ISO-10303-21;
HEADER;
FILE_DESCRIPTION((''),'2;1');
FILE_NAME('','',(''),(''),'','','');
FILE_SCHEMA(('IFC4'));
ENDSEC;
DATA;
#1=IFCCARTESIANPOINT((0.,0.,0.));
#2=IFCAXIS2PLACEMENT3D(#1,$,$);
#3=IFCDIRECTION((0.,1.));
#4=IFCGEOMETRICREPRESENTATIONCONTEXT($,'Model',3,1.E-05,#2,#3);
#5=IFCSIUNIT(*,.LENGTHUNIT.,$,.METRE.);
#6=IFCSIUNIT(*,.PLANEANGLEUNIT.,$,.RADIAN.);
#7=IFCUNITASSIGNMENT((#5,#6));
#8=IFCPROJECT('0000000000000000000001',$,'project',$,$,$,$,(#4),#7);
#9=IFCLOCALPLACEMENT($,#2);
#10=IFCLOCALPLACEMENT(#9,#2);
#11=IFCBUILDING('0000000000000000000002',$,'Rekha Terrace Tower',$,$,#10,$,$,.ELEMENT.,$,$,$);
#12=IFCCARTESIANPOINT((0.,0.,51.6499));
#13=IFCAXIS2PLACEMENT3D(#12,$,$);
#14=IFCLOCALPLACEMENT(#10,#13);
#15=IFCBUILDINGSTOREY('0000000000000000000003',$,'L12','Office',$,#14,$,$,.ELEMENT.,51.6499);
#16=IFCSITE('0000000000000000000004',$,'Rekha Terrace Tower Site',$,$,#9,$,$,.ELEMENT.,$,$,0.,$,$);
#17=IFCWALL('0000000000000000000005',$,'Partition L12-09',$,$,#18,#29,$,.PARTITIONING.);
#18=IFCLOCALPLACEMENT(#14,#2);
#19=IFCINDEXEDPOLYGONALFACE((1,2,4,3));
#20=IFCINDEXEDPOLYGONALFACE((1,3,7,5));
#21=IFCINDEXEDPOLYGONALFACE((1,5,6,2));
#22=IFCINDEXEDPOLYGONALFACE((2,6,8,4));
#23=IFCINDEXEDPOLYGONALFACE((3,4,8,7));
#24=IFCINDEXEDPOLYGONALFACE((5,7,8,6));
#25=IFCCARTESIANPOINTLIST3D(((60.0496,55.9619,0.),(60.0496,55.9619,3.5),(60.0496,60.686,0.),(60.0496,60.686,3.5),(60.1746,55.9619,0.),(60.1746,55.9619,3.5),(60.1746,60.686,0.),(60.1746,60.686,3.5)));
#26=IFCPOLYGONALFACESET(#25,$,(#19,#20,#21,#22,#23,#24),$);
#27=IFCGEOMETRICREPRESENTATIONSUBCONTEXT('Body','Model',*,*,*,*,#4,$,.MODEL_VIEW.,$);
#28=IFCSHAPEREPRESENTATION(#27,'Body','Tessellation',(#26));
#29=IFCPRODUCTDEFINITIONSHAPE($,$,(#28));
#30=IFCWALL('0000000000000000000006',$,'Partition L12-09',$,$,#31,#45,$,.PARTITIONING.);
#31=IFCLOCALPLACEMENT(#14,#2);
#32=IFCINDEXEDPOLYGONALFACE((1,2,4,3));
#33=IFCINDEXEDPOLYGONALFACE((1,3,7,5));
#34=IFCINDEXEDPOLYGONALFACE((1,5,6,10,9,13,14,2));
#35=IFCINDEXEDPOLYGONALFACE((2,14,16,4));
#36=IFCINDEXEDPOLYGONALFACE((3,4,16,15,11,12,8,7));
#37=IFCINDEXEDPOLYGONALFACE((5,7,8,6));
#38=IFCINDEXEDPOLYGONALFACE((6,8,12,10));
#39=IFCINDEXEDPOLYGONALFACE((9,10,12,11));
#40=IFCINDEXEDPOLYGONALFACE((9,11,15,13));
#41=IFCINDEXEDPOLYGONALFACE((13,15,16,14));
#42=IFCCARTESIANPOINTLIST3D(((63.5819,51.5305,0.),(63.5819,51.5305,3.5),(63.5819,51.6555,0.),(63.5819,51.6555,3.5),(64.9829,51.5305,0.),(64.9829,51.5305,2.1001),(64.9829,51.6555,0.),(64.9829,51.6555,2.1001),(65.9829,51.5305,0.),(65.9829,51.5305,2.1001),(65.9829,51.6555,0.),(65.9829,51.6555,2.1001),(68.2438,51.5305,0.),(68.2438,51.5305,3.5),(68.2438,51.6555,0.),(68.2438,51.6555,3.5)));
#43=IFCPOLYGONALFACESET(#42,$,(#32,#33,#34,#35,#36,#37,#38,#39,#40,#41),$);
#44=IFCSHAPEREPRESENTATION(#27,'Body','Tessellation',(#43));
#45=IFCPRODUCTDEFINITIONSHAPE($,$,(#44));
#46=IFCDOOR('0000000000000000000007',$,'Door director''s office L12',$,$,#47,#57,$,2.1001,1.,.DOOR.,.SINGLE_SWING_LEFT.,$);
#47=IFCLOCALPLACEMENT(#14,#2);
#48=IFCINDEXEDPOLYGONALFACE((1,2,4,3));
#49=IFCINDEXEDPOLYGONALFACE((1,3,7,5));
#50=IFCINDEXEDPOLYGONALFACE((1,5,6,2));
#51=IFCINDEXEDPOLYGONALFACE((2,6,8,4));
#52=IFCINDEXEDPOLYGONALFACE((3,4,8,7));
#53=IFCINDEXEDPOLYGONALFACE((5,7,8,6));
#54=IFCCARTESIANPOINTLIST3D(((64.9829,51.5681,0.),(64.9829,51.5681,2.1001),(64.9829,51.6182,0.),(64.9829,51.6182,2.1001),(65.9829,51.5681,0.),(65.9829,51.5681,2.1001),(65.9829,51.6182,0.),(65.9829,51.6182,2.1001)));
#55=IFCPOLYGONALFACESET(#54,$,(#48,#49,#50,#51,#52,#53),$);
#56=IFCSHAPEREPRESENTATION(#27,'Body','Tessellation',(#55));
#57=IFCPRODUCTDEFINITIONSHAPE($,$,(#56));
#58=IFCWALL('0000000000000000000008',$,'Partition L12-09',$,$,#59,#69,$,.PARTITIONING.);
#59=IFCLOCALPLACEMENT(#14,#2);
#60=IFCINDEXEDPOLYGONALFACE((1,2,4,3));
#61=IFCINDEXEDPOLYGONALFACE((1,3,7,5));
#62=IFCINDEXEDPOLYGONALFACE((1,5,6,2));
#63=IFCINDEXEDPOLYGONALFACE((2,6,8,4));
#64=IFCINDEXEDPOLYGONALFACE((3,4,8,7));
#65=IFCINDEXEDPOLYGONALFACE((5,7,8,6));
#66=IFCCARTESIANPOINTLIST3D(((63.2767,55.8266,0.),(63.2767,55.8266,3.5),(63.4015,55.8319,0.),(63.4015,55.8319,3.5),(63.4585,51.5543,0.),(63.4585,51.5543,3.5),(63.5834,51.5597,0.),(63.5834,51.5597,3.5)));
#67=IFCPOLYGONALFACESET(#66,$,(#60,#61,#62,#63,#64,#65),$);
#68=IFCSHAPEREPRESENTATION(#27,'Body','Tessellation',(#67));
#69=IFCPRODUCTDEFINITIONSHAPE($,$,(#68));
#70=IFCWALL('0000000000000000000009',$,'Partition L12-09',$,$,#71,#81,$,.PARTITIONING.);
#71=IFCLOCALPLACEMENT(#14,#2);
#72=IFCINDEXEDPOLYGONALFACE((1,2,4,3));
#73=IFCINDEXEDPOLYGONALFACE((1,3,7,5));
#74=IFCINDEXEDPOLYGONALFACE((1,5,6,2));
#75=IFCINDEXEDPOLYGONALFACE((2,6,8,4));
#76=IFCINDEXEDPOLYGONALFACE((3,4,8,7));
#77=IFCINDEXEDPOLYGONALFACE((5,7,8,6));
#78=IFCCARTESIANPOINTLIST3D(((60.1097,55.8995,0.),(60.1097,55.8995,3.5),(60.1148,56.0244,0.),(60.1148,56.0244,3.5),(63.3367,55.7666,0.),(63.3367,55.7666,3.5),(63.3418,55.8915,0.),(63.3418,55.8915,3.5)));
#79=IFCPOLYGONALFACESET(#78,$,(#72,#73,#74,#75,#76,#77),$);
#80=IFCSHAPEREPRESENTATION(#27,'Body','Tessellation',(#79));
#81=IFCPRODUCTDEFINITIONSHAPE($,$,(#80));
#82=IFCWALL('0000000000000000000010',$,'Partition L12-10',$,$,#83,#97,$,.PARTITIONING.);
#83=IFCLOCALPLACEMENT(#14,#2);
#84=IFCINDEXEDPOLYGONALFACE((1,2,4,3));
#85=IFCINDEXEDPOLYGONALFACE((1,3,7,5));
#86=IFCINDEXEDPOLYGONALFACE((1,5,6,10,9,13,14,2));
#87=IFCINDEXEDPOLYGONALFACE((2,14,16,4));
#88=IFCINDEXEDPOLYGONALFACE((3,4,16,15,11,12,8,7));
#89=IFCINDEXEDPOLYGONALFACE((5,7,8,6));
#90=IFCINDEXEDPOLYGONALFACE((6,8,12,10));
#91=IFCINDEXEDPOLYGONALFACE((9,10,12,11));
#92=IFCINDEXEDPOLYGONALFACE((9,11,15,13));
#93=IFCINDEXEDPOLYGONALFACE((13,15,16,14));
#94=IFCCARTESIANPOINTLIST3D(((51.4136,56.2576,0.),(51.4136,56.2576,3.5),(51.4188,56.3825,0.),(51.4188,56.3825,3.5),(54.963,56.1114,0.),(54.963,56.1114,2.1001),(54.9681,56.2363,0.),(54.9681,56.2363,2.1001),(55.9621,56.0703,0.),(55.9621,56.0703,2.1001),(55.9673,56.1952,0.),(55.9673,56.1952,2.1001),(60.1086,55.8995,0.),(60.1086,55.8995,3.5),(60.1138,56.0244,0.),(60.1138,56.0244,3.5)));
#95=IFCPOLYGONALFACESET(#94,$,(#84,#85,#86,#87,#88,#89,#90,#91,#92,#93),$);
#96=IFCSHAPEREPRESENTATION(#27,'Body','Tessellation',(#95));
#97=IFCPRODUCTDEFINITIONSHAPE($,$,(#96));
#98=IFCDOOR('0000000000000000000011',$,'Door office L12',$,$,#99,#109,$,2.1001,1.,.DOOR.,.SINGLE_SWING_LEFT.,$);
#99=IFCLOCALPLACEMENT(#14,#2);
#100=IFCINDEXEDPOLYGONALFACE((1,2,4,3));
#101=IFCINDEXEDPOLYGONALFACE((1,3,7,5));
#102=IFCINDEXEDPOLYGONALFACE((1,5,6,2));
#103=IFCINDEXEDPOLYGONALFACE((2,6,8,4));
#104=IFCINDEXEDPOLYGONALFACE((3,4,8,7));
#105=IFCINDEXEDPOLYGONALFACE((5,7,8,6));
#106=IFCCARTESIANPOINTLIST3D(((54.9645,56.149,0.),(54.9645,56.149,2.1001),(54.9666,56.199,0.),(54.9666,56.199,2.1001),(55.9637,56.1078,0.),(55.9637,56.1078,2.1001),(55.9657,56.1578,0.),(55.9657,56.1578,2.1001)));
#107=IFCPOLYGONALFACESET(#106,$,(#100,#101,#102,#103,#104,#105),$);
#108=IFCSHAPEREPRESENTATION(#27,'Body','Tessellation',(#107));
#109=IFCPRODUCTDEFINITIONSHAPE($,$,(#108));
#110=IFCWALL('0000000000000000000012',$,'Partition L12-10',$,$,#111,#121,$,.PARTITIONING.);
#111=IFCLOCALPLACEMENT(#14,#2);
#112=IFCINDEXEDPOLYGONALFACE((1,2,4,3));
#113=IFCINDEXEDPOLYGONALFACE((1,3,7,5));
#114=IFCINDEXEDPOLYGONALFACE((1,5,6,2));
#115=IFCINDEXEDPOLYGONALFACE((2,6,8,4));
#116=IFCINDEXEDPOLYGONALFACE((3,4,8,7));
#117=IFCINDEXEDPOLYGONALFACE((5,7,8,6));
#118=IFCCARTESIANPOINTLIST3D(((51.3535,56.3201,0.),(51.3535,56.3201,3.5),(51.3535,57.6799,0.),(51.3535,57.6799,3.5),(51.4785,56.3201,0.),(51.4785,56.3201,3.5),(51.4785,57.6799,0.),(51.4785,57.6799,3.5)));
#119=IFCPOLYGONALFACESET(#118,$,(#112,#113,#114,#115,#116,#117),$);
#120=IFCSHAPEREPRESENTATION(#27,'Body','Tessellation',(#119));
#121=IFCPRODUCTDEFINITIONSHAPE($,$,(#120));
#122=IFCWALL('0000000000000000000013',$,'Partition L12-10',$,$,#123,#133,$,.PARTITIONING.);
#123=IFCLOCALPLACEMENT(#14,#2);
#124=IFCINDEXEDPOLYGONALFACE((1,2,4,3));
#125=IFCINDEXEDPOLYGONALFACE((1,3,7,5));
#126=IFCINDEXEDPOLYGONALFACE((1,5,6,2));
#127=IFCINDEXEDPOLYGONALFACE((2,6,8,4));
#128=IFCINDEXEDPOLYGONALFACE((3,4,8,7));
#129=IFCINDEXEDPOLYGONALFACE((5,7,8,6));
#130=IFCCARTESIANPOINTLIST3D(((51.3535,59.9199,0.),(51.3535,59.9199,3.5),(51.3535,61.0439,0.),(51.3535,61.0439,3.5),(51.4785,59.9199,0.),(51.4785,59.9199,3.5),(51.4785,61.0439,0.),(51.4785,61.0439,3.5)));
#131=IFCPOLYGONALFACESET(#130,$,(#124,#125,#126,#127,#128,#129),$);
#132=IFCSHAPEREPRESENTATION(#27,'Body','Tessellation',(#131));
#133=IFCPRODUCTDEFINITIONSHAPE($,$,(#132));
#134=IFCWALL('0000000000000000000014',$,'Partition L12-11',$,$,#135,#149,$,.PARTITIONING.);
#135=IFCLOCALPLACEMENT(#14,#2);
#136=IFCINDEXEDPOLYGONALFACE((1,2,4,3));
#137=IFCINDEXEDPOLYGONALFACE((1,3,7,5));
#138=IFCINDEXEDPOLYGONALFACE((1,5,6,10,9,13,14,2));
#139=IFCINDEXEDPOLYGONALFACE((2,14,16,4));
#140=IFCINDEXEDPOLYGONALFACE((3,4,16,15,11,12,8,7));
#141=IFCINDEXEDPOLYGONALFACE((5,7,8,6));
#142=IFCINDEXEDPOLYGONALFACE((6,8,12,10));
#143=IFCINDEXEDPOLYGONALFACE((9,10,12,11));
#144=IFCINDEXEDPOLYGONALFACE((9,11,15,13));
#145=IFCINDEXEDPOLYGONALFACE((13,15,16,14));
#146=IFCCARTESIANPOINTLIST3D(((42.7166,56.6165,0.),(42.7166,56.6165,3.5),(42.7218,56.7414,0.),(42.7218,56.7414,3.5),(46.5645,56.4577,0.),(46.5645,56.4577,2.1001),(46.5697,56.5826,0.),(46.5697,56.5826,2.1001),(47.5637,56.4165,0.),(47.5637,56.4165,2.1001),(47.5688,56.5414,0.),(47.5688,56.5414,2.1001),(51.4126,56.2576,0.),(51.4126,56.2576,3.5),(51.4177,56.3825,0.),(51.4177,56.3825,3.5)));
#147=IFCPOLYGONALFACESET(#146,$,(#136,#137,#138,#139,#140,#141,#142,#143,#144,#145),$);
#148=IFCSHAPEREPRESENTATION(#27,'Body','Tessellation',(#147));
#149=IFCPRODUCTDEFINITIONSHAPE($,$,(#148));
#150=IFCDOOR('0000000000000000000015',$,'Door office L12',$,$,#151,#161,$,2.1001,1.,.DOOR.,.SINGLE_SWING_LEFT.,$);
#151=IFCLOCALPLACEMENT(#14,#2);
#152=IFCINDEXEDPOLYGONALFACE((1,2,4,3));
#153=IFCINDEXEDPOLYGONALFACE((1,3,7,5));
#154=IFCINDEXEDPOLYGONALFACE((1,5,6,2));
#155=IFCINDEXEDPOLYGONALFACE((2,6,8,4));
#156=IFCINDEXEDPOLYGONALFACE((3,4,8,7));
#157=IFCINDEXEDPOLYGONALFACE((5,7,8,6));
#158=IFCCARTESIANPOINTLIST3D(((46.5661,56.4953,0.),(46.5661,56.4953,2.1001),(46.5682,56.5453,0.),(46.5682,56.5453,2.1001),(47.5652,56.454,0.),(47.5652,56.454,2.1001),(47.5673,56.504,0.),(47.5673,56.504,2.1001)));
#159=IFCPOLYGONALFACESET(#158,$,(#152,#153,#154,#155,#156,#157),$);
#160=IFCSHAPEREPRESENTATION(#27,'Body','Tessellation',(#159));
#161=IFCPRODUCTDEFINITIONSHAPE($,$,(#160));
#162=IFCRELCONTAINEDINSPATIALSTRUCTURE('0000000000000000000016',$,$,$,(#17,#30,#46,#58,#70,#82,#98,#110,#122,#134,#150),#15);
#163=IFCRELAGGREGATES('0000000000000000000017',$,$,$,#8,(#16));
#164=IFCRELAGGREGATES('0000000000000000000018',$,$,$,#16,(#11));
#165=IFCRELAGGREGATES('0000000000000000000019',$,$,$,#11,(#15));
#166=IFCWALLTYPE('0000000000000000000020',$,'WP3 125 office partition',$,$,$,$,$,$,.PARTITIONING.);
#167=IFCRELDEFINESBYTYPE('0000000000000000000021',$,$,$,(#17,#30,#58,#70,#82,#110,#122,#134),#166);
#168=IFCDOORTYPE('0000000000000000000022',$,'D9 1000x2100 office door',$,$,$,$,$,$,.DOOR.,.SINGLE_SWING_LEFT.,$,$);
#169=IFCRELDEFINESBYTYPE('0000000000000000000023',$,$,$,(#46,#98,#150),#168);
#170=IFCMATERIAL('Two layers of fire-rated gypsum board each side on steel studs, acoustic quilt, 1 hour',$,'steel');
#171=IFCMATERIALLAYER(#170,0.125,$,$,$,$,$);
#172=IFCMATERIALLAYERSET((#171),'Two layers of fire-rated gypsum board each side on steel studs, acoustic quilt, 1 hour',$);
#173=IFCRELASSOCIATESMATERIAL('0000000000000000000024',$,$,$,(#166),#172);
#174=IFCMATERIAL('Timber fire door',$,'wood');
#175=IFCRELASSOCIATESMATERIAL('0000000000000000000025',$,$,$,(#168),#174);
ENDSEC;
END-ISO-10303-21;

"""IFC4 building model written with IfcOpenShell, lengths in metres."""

from ifc_helpers import new_model, si_unit, direction, frame, frame_2d, origin, place, context, subcontext, project, spatial, rectangle, extrude, material, layer, layer_set, type_object, element, fill, save


model = new_model("IFC4")

# Units and contexts
model_context = context("Model", 3, precision=1e-05, world=origin(), true_north=direction((0.0, 1.0)))
body_context = subcontext(model_context, "Body", "Model", "MODEL_VIEW")
ifc_project = project(units=[si_unit("LENGTHUNIT", "METRE"), si_unit("PLANEANGLEUNIT", "RADIAN")], contexts=[model_context])

# Site, building, storey
site_placement = place(None, origin())
site = spatial("IfcSite", under=ifc_project, at=site_placement, Name="Rekha Terrace Tower Site", CompositionType="ELEMENT", RefElevation=0.0)
building_placement = place(site_placement, origin())
building = spatial("IfcBuilding", under=site, at=building_placement, Name="Rekha Terrace Tower", CompositionType="ELEMENT")
storey_placement = place(building_placement, frame((0.0, 0.0, 51.6499)))
storey = spatial("IfcBuildingStorey", under=building, at=storey_placement, Name="L12", Description="Office", CompositionType="ELEMENT", Elevation=51.6499)

# Wall
ifc_material_1 = material(Name="Two layers of fire-rated gypsum board each side on steel studs, acoustic quilt, 1 hour", Category="steel")
ifc_layer_1 = layer(ifc_material_1, 0.125)
ifc_layer_set_1 = layer_set([ifc_layer_1], Name="Two layers of fire-rated gypsum board each side on steel studs, acoustic quilt, 1 hour")
wall_type = type_object("IfcWallType", Name="WP3 125 office partition", PredefinedType="PARTITIONING", material=ifc_layer_set_1)
wall_1_placement = place(storey_placement, frame((60.1121, 55.9619, 0.0), z_axis=(0.0, 0.0, 1.0), x_axis=(0.0, 1.0, 0.0)))
element("IfcWall", 1, at=wall_1_placement, inside=storey, type_object=wall_type, Name="Partition L12-09", PredefinedType="PARTITIONING", context=body_context, shape_type="SweptSolid", body=[
    extrude(rectangle(XDim=4.7241, YDim=0.125, at=frame_2d((2.3621, 0.0))), origin(), (0.0, 0.0, 1.0), 3.5),
])

# Wall, opening, door
wall_2_placement = place(storey_placement, frame((68.2439, 51.593, 0.0), z_axis=(0.0, 0.0, 1.0), x_axis=(-1.0, 0.0, 0.0)))
wall_2 = element("IfcWall", 2, at=wall_2_placement, inside=storey, type_object=wall_type, Name="Partition L12-09", PredefinedType="PARTITIONING", context=body_context, shape_type="SweptSolid", body=[
    extrude(rectangle(XDim=4.6619, YDim=0.125, at=frame_2d((2.3311, 0.0))), origin(), (0.0, 0.0, 1.0), 3.5),
])
opening_1_placement = place(wall_2_placement, frame((2.261, 0.0, 0.0)))
opening_1 = element("IfcOpeningElement", 3, at=opening_1_placement, cuts=wall_2, PredefinedType="OPENING", context=body_context, shape_type="SweptSolid", body=[
    extrude(rectangle(XDim=1.0, YDim=2.1001, at=frame_2d((0.5, 1.05))), frame((0.0, 0.0725, 0.0), z_axis=(0.0, -1.0, 0.0), x_axis=(1.0, 0.0, 0.0)), (0.0, 0.0, 1.0), 0.145),
])
ifc_material_2 = material(Name="Timber fire door", Category="wood")
door_type_1 = type_object("IfcDoorType", Name="D9 1000x2100 office door", OperationType="SINGLE_SWING_LEFT", PredefinedType="DOOR", material=ifc_material_2)
door_1_placement = place(opening_1_placement, origin())
door_1 = element("IfcDoor", 4, at=door_1_placement, inside=storey, type_object=door_type_1, Name="Door director's office L12", OperationType="SINGLE_SWING_LEFT", OverallHeight=2.1001, OverallWidth=1.0, PredefinedType="DOOR", context=body_context, shape_type="SweptSolid", body=[
    extrude(rectangle(XDim=1.0, YDim=2.1001, at=frame_2d((0.5, 1.05))), frame((0.0, 0.0249, 0.0), z_axis=(0.0, -1.0, 0.0), x_axis=(1.0, 0.0, 0.0)), (0.0, 0.0, 1.0), 0.05),
])
fill(opening_1, door_1)

# Walls
wall_3_placement = place(storey_placement, frame((63.521, 51.5569, 0.0), z_axis=(0.0, 0.0, 1.0), x_axis=(-0.042535, 0.999095, 0.0)))
element("IfcWall", 5, at=wall_3_placement, inside=storey, type_object=wall_type, Name="Partition L12-09", PredefinedType="PARTITIONING", context=body_context, shape_type="SweptSolid", body=[
    extrude(rectangle(XDim=4.2761, YDim=0.125, at=frame_2d((2.1382, 0.0))), origin(), (0.0, 0.0, 1.0), 3.5),
])
wall_4_placement = place(storey_placement, frame((63.3391, 55.8291, 0.0), z_axis=(0.0, 0.0, 1.0), x_axis=(-0.999154, 0.041121, 0.0)))
element("IfcWall", 6, at=wall_4_placement, inside=storey, type_object=wall_type, Name="Partition L12-09", PredefinedType="PARTITIONING", context=body_context, shape_type="SweptSolid", body=[
    extrude(rectangle(XDim=3.2297, YDim=0.125, at=frame_2d((1.6147, 0.0))), origin(), (0.0, 0.0, 1.0), 3.5),
])

# Wall, opening, door
wall_5_placement = place(storey_placement, frame((60.1111, 55.9619, 0.0), z_axis=(0.0, 0.0, 1.0), x_axis=(-0.999153, 0.041156, 0.0)))
wall_5 = element("IfcWall", 7, at=wall_5_placement, inside=storey, type_object=wall_type, Name="Partition L12-10", PredefinedType="PARTITIONING", context=body_context, shape_type="SweptSolid", body=[
    extrude(rectangle(XDim=8.7024, YDim=0.125, at=frame_2d((4.3511, 0.0))), origin(), (0.0, 0.0, 1.0), 3.5),
])
opening_2_placement = place(wall_5_placement, frame((4.1499, 0.0, 0.0)))
opening_2 = element("IfcOpeningElement", 8, at=opening_2_placement, cuts=wall_5, PredefinedType="OPENING", context=body_context, shape_type="SweptSolid", body=[
    extrude(rectangle(XDim=1.0, YDim=2.1001, at=frame_2d((0.5, 1.05))), frame((0.0, 0.0725, 0.0), z_axis=(0.0, -1.0, 0.0), x_axis=(1.0, 0.0, 0.0)), (0.0, 0.0, 1.0), 0.145),
])
door_2_placement = place(opening_2_placement, origin())
door_2 = element("IfcDoor", 9, at=door_2_placement, inside=storey, type_object=door_type_1, Name="Door office L12", OperationType="SINGLE_SWING_LEFT", OverallHeight=2.1001, OverallWidth=1.0, PredefinedType="DOOR", context=body_context, shape_type="SweptSolid", body=[
    extrude(rectangle(XDim=1.0, YDim=2.1001, at=frame_2d((0.5, 1.05))), frame((0.0, 0.0249, 0.0), z_axis=(0.0, -1.0, 0.0), x_axis=(1.0, 0.0, 0.0)), (0.0, 0.0, 1.0), 0.05),
])
fill(opening_2, door_2)

# Walls
wall_6_placement = place(storey_placement, frame((51.416, 56.3201, 0.0), z_axis=(0.0, 0.0, 1.0), x_axis=(0.0, 1.0, 0.0)))
element("IfcWall", 10, at=wall_6_placement, inside=storey, type_object=wall_type, Name="Partition L12-10", PredefinedType="PARTITIONING", context=body_context, shape_type="SweptSolid", body=[
    extrude(rectangle(XDim=1.3599, YDim=0.125, at=frame_2d((0.6799, 0.0))), origin(), (0.0, 0.0, 1.0), 3.5),
])
wall_7_placement = place(storey_placement, frame((51.416, 59.9199, 0.0), z_axis=(0.0, 0.0, 1.0), x_axis=(0.0, 1.0, 0.0)))
element("IfcWall", 11, at=wall_7_placement, inside=storey, type_object=wall_type, Name="Partition L12-10", PredefinedType="PARTITIONING", context=body_context, shape_type="SweptSolid", body=[
    extrude(rectangle(XDim=1.124, YDim=0.125, at=frame_2d((0.562, 0.0))), origin(), (0.0, 0.0, 1.0), 3.5),
])

# Wall, opening, door
wall_8_placement = place(storey_placement, frame((51.415, 56.3201, 0.0), z_axis=(0.0, 0.0, 1.0), x_axis=(-0.999149, 0.041235, 0.0)))
wall_8 = element("IfcWall", 12, at=wall_8_placement, inside=storey, type_object=wall_type, Name="Partition L12-11", PredefinedType="PARTITIONING", context=body_context, shape_type="SweptSolid", body=[
    extrude(rectangle(XDim=8.7034, YDim=0.125, at=frame_2d((4.3516, 0.0))), origin(), (0.0, 0.0, 1.0), 3.5),
])
opening_3_placement = place(wall_8_placement, frame((3.8521, 0.0, 0.0)))
opening_3 = element("IfcOpeningElement", 13, at=opening_3_placement, cuts=wall_8, PredefinedType="OPENING", context=body_context, shape_type="SweptSolid", body=[
    extrude(rectangle(XDim=1.0, YDim=2.1001, at=frame_2d((0.5, 1.05))), frame((0.0, 0.0725, 0.0), z_axis=(0.0, -1.0, 0.0), x_axis=(1.0, 0.0, 0.0)), (0.0, 0.0, 1.0), 0.145),
])
door_3_placement = place(opening_3_placement, origin())
door_3 = element("IfcDoor", 14, at=door_3_placement, inside=storey, type_object=door_type_1, Name="Door office L12", OperationType="SINGLE_SWING_LEFT", OverallHeight=2.1001, OverallWidth=1.0, PredefinedType="DOOR", context=body_context, shape_type="SweptSolid", body=[
    extrude(rectangle(XDim=1.0, YDim=2.1001, at=frame_2d((0.5, 1.05))), frame((0.0, 0.0249, 0.0), z_axis=(0.0, -1.0, 0.0), x_axis=(1.0, 0.0, 0.0)), (0.0, 0.0, 1.0), 0.05),
])
fill(opening_3, door_3)

save(model, "model.ifc")
